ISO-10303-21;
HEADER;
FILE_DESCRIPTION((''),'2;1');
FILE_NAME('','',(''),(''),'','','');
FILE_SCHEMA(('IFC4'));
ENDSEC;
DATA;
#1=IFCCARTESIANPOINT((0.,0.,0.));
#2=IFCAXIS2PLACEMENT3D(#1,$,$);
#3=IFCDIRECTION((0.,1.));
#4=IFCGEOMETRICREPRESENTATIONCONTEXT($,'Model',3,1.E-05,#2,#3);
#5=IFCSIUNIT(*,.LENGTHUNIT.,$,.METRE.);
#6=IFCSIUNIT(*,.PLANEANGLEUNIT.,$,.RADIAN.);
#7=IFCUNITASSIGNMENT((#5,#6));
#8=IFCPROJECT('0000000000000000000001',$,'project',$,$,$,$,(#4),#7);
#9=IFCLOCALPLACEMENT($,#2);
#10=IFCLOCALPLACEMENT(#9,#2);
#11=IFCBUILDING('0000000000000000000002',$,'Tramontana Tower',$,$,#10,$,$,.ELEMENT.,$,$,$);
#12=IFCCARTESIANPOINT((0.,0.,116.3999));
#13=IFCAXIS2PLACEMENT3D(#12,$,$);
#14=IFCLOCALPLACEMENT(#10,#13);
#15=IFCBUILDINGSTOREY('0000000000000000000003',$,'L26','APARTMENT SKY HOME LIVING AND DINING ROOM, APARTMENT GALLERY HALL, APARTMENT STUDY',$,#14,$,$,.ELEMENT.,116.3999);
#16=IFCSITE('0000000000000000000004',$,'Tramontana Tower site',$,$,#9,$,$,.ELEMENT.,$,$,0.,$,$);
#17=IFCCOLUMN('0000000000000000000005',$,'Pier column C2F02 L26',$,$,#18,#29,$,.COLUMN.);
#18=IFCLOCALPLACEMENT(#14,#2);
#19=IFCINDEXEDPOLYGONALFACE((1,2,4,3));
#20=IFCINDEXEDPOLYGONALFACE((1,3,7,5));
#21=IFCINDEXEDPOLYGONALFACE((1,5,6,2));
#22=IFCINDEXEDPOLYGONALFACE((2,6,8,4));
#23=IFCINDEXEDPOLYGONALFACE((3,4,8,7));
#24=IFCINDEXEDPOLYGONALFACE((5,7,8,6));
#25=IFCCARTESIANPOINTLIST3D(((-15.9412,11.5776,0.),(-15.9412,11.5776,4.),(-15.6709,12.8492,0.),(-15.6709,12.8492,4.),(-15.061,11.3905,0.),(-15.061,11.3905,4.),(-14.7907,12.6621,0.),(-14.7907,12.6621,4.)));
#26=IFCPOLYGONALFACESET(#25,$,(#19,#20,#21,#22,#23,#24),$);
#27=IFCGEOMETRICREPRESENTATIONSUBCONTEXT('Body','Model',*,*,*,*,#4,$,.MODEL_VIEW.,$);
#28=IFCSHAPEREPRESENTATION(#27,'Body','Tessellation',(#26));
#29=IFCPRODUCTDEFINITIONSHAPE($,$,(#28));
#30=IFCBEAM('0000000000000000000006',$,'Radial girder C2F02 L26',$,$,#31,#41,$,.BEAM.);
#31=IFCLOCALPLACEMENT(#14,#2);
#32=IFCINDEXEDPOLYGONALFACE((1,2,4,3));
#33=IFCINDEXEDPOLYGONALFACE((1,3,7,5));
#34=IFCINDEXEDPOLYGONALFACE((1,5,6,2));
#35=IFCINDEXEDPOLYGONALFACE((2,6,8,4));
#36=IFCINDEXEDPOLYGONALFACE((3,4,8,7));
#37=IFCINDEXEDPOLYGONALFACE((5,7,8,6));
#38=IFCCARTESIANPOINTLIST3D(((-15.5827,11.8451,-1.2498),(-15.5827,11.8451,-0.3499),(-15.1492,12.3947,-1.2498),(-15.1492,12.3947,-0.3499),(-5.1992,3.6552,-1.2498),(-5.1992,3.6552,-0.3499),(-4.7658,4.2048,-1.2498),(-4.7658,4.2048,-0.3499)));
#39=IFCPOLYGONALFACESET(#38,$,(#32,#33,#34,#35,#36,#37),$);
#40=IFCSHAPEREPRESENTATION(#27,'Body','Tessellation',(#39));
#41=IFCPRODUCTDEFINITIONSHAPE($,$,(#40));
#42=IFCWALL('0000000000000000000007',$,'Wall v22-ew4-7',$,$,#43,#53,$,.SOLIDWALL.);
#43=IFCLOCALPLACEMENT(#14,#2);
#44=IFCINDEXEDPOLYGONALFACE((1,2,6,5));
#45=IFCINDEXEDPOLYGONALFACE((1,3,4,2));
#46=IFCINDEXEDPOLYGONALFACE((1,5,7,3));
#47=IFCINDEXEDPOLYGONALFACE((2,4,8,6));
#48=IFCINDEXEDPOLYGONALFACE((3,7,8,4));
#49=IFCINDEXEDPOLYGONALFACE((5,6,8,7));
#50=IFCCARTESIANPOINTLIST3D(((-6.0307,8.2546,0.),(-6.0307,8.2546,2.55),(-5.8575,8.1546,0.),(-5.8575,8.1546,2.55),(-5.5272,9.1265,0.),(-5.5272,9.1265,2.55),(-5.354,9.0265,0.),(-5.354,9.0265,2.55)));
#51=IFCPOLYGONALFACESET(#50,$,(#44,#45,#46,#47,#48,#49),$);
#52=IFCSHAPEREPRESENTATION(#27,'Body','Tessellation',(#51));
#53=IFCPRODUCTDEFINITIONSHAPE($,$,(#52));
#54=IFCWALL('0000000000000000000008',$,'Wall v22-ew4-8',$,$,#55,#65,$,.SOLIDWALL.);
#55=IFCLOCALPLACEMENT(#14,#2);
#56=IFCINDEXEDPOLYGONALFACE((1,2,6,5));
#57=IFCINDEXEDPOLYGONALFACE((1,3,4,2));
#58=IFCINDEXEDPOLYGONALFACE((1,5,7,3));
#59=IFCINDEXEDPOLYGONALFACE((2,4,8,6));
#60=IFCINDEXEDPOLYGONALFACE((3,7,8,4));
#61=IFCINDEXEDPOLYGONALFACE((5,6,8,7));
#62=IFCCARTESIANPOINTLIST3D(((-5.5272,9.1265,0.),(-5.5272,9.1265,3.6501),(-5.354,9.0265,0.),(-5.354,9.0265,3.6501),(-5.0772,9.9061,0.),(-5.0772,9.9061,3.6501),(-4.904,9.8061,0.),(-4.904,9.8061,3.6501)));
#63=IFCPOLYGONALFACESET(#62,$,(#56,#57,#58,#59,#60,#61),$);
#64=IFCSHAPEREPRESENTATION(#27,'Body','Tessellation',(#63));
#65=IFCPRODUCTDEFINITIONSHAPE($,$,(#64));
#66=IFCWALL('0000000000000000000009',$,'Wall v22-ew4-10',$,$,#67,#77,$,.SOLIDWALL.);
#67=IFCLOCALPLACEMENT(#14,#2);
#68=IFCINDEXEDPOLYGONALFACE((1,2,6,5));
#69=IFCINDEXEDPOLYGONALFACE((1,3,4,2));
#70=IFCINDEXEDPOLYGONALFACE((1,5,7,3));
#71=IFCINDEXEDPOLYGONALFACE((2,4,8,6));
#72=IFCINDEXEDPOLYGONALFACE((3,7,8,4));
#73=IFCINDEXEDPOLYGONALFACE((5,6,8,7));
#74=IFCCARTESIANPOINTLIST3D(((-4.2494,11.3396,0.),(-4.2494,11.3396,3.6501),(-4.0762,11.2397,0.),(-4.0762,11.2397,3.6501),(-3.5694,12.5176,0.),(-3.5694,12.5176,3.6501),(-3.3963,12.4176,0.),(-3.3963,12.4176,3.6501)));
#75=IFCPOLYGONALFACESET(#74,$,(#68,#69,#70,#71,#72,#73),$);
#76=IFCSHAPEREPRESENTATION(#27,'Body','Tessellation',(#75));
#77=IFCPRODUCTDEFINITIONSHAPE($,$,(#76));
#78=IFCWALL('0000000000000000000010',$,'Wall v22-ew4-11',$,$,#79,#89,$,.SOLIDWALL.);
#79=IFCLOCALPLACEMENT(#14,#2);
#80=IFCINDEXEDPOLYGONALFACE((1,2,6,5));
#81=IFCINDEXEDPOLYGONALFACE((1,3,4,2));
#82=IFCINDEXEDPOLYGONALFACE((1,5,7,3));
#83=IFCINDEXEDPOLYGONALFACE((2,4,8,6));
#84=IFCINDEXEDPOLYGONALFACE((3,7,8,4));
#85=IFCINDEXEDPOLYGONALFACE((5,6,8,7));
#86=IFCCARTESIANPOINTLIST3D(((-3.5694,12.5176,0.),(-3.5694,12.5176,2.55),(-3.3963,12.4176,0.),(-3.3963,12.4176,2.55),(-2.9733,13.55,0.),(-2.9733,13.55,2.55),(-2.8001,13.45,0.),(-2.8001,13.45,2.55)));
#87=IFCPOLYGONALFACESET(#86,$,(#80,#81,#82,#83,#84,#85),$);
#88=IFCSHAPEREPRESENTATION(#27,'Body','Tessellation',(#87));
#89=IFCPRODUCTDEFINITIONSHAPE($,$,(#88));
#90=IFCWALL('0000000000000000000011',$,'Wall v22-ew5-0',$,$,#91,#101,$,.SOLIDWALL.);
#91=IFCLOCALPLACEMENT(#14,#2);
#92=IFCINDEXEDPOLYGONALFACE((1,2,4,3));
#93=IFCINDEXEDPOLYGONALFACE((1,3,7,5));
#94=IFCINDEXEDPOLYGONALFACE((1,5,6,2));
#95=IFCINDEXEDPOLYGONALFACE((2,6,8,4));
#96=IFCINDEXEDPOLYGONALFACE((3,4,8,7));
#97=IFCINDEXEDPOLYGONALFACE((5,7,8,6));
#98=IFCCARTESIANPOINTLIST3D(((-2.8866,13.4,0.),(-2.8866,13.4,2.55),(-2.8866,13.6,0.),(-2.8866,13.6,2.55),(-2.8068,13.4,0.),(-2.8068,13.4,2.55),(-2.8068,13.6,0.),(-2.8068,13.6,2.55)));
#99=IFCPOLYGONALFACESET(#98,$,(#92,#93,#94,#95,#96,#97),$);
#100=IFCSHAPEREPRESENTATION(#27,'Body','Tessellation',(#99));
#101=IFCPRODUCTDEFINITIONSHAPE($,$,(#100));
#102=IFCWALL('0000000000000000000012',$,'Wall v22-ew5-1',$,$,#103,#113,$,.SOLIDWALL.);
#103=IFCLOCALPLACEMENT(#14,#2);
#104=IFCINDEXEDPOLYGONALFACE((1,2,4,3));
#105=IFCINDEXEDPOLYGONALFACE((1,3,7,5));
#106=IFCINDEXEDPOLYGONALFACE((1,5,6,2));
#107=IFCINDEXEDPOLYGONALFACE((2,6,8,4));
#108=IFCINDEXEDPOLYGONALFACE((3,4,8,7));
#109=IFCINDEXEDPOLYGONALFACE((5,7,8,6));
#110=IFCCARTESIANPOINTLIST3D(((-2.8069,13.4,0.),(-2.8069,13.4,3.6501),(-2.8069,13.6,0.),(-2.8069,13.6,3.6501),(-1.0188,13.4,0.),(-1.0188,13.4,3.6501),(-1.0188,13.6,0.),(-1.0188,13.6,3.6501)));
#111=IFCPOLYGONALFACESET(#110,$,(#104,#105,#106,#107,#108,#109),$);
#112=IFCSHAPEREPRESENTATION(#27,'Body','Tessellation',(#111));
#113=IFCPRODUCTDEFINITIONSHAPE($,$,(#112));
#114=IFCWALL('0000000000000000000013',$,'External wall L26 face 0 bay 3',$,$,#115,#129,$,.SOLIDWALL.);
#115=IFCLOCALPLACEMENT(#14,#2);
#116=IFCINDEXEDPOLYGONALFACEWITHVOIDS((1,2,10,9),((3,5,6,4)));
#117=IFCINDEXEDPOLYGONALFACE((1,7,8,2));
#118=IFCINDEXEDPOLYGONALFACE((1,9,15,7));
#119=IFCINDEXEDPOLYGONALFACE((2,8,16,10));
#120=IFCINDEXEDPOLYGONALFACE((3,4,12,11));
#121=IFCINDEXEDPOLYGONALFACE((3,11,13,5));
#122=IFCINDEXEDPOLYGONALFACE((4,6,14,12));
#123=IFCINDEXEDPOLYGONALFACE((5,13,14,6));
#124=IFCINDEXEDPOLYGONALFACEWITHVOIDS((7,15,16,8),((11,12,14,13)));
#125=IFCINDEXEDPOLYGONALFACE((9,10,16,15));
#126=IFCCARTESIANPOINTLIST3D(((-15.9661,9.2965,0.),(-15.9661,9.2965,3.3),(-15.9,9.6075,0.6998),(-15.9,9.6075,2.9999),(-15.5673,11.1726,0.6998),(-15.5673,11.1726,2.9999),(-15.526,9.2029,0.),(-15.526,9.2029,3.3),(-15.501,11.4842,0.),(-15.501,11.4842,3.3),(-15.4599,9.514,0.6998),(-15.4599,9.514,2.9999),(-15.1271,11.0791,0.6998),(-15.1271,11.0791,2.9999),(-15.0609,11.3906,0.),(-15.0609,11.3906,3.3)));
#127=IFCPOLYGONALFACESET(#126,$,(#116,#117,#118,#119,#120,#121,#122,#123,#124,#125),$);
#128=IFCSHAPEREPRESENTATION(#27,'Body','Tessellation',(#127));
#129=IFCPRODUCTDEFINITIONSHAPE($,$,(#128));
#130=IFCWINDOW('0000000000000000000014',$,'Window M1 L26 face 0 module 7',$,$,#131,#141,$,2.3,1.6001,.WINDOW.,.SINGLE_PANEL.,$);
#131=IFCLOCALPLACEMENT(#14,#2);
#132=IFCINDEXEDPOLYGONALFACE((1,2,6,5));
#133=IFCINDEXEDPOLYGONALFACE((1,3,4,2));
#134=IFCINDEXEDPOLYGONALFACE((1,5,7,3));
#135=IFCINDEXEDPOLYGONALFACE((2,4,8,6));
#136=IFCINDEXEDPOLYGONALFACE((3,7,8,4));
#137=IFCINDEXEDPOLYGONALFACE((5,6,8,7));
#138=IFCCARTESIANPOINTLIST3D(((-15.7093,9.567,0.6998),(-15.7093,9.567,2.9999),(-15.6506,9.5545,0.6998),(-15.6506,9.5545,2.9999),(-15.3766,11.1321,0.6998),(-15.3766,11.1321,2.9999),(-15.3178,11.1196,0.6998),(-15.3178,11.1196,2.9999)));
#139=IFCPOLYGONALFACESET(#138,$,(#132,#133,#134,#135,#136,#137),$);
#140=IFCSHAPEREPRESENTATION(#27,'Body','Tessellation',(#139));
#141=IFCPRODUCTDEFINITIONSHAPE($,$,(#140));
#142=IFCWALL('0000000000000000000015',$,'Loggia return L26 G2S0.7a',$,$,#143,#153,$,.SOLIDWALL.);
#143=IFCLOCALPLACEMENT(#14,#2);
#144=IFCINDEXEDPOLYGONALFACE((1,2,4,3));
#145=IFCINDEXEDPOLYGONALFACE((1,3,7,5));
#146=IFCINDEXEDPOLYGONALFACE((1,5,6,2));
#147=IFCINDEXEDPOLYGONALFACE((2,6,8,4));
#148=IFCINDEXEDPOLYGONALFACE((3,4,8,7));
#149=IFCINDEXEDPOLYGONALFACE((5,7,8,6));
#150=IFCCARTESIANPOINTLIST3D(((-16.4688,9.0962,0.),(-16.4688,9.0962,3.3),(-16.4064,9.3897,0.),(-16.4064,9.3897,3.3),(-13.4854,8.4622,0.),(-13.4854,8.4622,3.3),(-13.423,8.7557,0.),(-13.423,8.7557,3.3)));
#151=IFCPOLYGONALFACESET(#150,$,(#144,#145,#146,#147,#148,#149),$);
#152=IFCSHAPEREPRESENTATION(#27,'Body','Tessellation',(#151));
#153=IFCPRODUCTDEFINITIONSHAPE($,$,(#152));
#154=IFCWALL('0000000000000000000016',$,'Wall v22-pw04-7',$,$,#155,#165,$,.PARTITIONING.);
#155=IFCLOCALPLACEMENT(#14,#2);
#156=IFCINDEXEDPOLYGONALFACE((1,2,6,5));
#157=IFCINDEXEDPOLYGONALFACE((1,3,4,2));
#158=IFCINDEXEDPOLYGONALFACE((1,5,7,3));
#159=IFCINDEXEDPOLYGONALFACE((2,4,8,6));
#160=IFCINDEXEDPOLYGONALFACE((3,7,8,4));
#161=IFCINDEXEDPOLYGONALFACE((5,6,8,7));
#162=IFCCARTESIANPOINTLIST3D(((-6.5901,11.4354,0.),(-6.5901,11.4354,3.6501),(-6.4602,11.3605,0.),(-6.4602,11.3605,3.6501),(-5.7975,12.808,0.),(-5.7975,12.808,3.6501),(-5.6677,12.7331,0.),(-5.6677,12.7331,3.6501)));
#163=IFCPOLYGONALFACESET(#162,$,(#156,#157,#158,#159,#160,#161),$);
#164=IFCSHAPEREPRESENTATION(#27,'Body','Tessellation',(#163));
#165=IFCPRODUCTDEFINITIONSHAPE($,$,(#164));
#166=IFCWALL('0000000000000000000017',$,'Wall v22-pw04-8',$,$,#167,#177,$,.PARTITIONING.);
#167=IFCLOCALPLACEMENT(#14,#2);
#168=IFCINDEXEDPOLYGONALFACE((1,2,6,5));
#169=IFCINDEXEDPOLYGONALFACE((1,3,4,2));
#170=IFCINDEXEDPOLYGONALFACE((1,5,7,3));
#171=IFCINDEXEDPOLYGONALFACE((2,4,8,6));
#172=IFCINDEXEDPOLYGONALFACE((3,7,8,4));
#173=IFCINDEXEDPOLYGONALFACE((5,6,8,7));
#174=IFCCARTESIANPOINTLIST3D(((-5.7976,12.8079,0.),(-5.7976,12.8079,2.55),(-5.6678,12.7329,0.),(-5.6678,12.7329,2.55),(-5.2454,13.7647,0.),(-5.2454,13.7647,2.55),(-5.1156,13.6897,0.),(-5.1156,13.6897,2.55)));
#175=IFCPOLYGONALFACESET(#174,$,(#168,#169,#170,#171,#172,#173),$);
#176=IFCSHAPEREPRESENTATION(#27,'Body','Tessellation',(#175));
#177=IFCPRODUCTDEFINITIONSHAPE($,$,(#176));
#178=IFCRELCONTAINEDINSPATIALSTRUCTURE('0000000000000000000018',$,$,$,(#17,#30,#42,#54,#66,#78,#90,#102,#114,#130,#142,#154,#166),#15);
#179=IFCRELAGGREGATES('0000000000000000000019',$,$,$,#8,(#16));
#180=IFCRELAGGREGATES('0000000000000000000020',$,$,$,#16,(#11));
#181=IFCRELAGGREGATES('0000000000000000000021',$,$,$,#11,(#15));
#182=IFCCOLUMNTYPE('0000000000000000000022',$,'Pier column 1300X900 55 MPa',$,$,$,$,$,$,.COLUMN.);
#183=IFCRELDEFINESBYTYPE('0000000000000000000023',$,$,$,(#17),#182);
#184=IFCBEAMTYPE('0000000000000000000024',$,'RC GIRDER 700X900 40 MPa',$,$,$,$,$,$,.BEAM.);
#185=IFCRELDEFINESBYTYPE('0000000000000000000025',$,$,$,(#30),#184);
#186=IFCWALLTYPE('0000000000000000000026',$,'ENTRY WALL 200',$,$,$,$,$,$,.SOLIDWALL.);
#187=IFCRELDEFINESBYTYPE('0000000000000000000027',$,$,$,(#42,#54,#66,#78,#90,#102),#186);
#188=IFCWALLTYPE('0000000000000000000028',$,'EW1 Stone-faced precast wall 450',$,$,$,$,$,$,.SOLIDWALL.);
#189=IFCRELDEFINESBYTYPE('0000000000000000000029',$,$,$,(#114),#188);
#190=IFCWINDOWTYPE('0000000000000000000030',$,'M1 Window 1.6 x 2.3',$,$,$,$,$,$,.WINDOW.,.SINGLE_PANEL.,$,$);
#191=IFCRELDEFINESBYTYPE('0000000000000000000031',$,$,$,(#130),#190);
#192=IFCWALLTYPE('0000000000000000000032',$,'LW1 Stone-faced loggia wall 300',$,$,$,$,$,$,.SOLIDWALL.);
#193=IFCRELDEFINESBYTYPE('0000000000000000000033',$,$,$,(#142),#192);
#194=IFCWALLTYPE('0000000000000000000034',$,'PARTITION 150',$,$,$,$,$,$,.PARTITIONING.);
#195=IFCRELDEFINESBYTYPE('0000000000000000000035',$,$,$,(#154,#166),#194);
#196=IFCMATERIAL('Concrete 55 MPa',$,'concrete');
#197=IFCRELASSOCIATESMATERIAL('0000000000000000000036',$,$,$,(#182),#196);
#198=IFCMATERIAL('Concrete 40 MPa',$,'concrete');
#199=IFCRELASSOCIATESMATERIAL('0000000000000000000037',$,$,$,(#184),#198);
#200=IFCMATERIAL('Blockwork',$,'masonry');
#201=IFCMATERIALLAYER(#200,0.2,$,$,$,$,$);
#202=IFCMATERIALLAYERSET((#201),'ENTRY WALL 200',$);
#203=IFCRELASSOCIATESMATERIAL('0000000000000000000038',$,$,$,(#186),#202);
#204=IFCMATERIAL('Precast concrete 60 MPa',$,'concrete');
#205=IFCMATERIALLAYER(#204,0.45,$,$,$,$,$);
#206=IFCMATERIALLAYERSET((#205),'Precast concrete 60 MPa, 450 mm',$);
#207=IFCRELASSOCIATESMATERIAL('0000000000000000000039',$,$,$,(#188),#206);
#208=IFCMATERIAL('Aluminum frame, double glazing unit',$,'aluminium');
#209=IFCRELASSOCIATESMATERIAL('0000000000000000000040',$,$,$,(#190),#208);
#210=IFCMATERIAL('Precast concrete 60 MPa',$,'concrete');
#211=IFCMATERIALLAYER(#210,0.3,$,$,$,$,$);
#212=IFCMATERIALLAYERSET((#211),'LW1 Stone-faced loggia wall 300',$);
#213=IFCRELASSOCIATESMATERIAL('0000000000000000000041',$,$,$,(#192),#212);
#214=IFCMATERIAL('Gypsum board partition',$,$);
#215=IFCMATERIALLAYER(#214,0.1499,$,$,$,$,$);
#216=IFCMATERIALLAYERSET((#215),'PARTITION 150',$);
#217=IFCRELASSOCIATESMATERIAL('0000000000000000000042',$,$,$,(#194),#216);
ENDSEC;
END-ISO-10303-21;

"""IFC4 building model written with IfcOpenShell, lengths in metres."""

from ifc_helpers import new_model, si_unit, direction, frame, frame_2d, origin, origin_2d, place, context, subcontext, project, spatial, rectangle, extrude, material, layer, layer_set, material_profile, profile_set, type_object, element, fill, save


model = new_model("IFC4")

# Units and contexts
model_context = context("Model", 3, precision=1e-05, world=origin(), true_north=direction((0.0, 1.0)))
body_context = subcontext(model_context, "Body", "Model", "MODEL_VIEW")
ifc_project = project(units=[si_unit("LENGTHUNIT", "METRE"), si_unit("PLANEANGLEUNIT", "RADIAN")], contexts=[model_context])

# Site, building, storey
site_placement = place(None, origin())
site = spatial("IfcSite", under=ifc_project, at=site_placement, Name="Tramontana Tower site", CompositionType="ELEMENT", RefElevation=0.0)
building_placement = place(site_placement, origin())
building = spatial("IfcBuilding", under=site, at=building_placement, Name="Tramontana Tower", CompositionType="ELEMENT")
storey_placement = place(building_placement, frame((0.0, 0.0, 116.3999)))
storey = spatial("IfcBuildingStorey", under=building, at=storey_placement, Name="L26", Description="APARTMENT SKY HOME LIVING AND DINING ROOM, APARTMENT GALLERY HALL, APARTMENT STUDY", CompositionType="ELEMENT", Elevation=116.3999)

# Column
ifc_material_1 = material(Name="Concrete 55 MPa", Category="concrete")
ifc_material_profile_1 = material_profile(ifc_material_1, rectangle(XDim=1.3, YDim=0.8999, at=origin_2d()), Name="Pier column 1300X900 55 MPa")
ifc_profile_set_1 = profile_set([ifc_material_profile_1], Name="Concrete 55 MPa")
column_type = type_object("IfcColumnType", Name="Pier column 1300X900 55 MPa", PredefinedType="COLUMN", material=ifc_profile_set_1)
column_placement = place(storey_placement, frame((-15.366, 12.1199, 0.0), z_axis=(0.0, 0.0, 1.0), x_axis=(-0.207912, -0.978148, 0.0)))
element("IfcColumn", 1, at=column_placement, inside=storey, type_object=column_type, Name="Pier column C2F02 L26", PredefinedType="COLUMN", context=body_context, shape_type="SweptSolid", body=[
    extrude(rectangle(XDim=1.3, YDim=0.8999, at=origin_2d()), origin(), (0.0, 0.0, 1.0), 4.0),
])

# Beam
ifc_material_2 = material(Name="Concrete 40 MPa", Category="concrete")
ifc_material_profile_2 = material_profile(ifc_material_2, rectangle(XDim=0.7, YDim=0.8999, at=origin_2d()), Name="RC GIRDER 700X900 40 MPa")
ifc_profile_set_2 = profile_set([ifc_material_profile_2], Name="Concrete 40 MPa")
beam_type = type_object("IfcBeamType", Name="RC GIRDER 700X900 40 MPa", PredefinedType="BEAM", material=ifc_profile_set_2)
beam_placement = place(storey_placement, frame((-15.366, 12.1199, -0.7998), z_axis=(0.785162, -0.61929, 0.0), x_axis=(0.61929, 0.785162, 0.0)))
element("IfcBeam", 2, at=beam_placement, inside=storey, type_object=beam_type, Name="Radial girder C2F02 L26", PredefinedType="BEAM", context=body_context, shape_type="SweptSolid", body=[
    extrude(rectangle(XDim=0.7, YDim=0.8999, at=origin_2d()), origin(), (0.0, 0.0, 1.0), 13.2246),
])

# Walls
ifc_material_3 = material(Name="Blockwork", Category="masonry")
ifc_layer_1 = layer(ifc_material_3, 0.2)
ifc_layer_set_1 = layer_set([ifc_layer_1], Name="ENTRY WALL 200")
wall_type_1 = type_object("IfcWallType", Name="ENTRY WALL 200", PredefinedType="SOLIDWALL", material=ifc_layer_set_1)
wall_1_placement = place(storey_placement, frame((-5.9441, 8.2046, 0.0), z_axis=(0.0, 0.0, 1.0), x_axis=(0.500051, 0.865996, 0.0)))
element("IfcWall", 3, at=wall_1_placement, inside=storey, type_object=wall_type_1, Name="Wall v22-ew4-7", PredefinedType="SOLIDWALL", context=body_context, shape_type="SweptSolid", body=[
    extrude(rectangle(XDim=1.0068, YDim=0.2, at=frame_2d((0.5034, 0.0))), origin(), (0.0, 0.0, 1.0), 2.55),
])
wall_2_placement = place(storey_placement, frame((-5.4407, 9.0764, 0.0), z_axis=(0.0, 0.0, 1.0), x_axis=(0.499902, 0.866082, 0.0)))
element("IfcWall", 4, at=wall_2_placement, inside=storey, type_object=wall_type_1, Name="Wall v22-ew4-8", PredefinedType="SOLIDWALL", context=body_context, shape_type="SweptSolid", body=[
    extrude(rectangle(XDim=0.9001, YDim=0.2, at=frame_2d((0.4502, 0.0))), origin(), (0.0, 0.0, 1.0), 3.6501),
])

# Walls
wall_3_placement = place(storey_placement, frame((-4.1628, 11.2896, 0.0), z_axis=(0.0, 0.0, 1.0), x_axis=(0.499904, 0.866081, 0.0)))
element("IfcWall", 5, at=wall_3_placement, inside=storey, type_object=wall_type_1, Name="Wall v22-ew4-10", PredefinedType="SOLIDWALL", context=body_context, shape_type="SweptSolid", body=[
    extrude(rectangle(XDim=1.3601, YDim=0.2, at=frame_2d((0.6802, 0.0))), origin(), (0.0, 0.0, 1.0), 3.6501),
])
wall_4_placement = place(storey_placement, frame((-3.4829, 12.4675, 0.0), z_axis=(0.0, 0.0, 1.0), x_axis=(0.500059, 0.865991, 0.0)))
element("IfcWall", 6, at=wall_4_placement, inside=storey, type_object=wall_type_1, Name="Wall v22-ew4-11", PredefinedType="SOLIDWALL", context=body_context, shape_type="SweptSolid", body=[
    extrude(rectangle(XDim=1.1921, YDim=0.2, at=frame_2d((0.5962, 0.0))), origin(), (0.0, 0.0, 1.0), 2.55),
])
wall_5_placement = place(storey_placement, frame((-2.8867, 13.5, 0.0), z_axis=(0.0, 0.0, 1.0), x_axis=(1.0, 0.0, 0.0)))
element("IfcWall", 7, at=wall_5_placement, inside=storey, type_object=wall_type_1, Name="Wall v22-ew5-0", PredefinedType="SOLIDWALL", context=body_context, shape_type="SweptSolid", body=[
    extrude(rectangle(XDim=0.0798, YDim=0.2, at=frame_2d((0.04, 0.0))), origin(), (0.0, 0.0, 1.0), 2.55),
])
wall_6_placement = place(storey_placement, frame((-2.8069, 13.5, 0.0), z_axis=(0.0, 0.0, 1.0), x_axis=(1.0, 0.0, 0.0)))
element("IfcWall", 8, at=wall_6_placement, inside=storey, type_object=wall_type_1, Name="Wall v22-ew5-1", PredefinedType="SOLIDWALL", context=body_context, shape_type="SweptSolid", body=[
    extrude(rectangle(XDim=1.7881, YDim=0.2, at=frame_2d((0.894, 0.0))), origin(), (0.0, 0.0, 1.0), 3.6501),
])

# Wall, opening, window
ifc_material_4 = material(Name="Precast concrete 60 MPa", Category="concrete")
ifc_layer_2 = layer(ifc_material_4, 0.45)
ifc_layer_set_2 = layer_set([ifc_layer_2], Name="Precast concrete 60 MPa, 450 mm")
wall_type_2 = type_object("IfcWallType", Name="EW1 Stone-faced precast wall 450", PredefinedType="SOLIDWALL", material=ifc_layer_set_2)
wall_7_placement = place(storey_placement, frame((-15.281, 11.4373, 0.0), z_axis=(0.0, 0.0, 1.0), x_axis=(-0.207941, -0.978141, 0.0)))
wall_7 = element("IfcWall", 9, at=wall_7_placement, inside=storey, type_object=wall_type_2, Name="External wall L26 face 0 bay 3", PredefinedType="SOLIDWALL", context=body_context, shape_type="SweptSolid", body=[
    extrude(rectangle(XDim=2.2366, YDim=0.45, at=frame_2d((1.1182, 0.0))), origin(), (0.0, 0.0, 1.0), 3.3),
])
opening_1_placement = place(wall_7_placement, frame((0.3184, 0.0, 0.7)))
opening_1 = element("IfcOpeningElement", 10, at=opening_1_placement, cuts=wall_7, PredefinedType="OPENING", context=body_context, shape_type="SweptSolid", body=[
    extrude(rectangle(XDim=1.6001, YDim=2.3, at=frame_2d((0.8, 1.1499))), frame((0.0, 0.2349, 0.0), z_axis=(0.0, -1.0, 0.0), x_axis=(1.0, 0.0, 0.0)), (0.0, 0.0, 1.0), 0.47),
])
ifc_material_5 = material(Name="Aluminum frame, double glazing unit", Category="aluminium")
window_type = type_object("IfcWindowType", Name="M1 Window 1.6 x 2.3", PartitioningType="SINGLE_PANEL", PredefinedType="WINDOW", material=ifc_material_5)
window_placement = place(opening_1_placement, origin())
window = element("IfcWindow", 11, at=window_placement, inside=storey, type_object=window_type, Name="Window M1 L26 face 0 module 7", OverallHeight=2.3, OverallWidth=1.6001, PartitioningType="SINGLE_PANEL", PredefinedType="WINDOW", context=body_context, shape_type="SweptSolid", body=[
    extrude(rectangle(XDim=1.6001, YDim=2.3, at=frame_2d((0.8, 1.1499))), frame((0.0, 0.03, 0.0), z_axis=(0.0, -1.0, 0.0), x_axis=(1.0, 0.0, 0.0)), (0.0, 0.0, 1.0), 0.0601),
])
fill(opening_1, window)

# Shared definitions
ifc_material_6 = material(Name="Precast concrete 60 MPa", Category="concrete")
ifc_layer_3 = layer(ifc_material_6, 0.3)
ifc_layer_set_3 = layer_set([ifc_layer_3], Name="LW1 Stone-faced loggia wall 300")
wall_type_3 = type_object("IfcWallType", Name="LW1 Stone-faced loggia wall 300", PredefinedType="SOLIDWALL", material=ifc_layer_set_3)

# Wall
wall_8_placement = place(storey_placement, frame((-16.4375, 9.2429, 0.0), z_axis=(0.0, 0.0, 1.0), x_axis=(0.978155, -0.207878, 0.0)))
element("IfcWall", 12, at=wall_8_placement, inside=storey, type_object=wall_type_3, Name="Loggia return L26 G2S0.7a", PredefinedType="SOLIDWALL", context=body_context, shape_type="SweptSolid", body=[
    extrude(rectangle(XDim=3.05, YDim=0.3, at=frame_2d((1.5249, 0.0))), origin(), (0.0, 0.0, 1.0), 3.3),
])

# Shared definitions
ifc_material_7 = material(Name="Gypsum board partition")
ifc_layer_4 = layer(ifc_material_7, 0.1499)
ifc_layer_set_4 = layer_set([ifc_layer_4], Name="PARTITION 150")
wall_type_4 = type_object("IfcWallType", Name="PARTITION 150", PredefinedType="PARTITIONING", material=ifc_layer_set_4)

# Walls
wall_9_placement = place(storey_placement, frame((-6.5251, 11.3979, 0.0), z_axis=(0.0, 0.0, 1.0), x_axis=(0.500016, 0.866016, 0.0)))
element("IfcWall", 13, at=wall_9_placement, inside=storey, type_object=wall_type_4, Name="Wall v22-pw04-7", PredefinedType="PARTITIONING", context=body_context, shape_type="SweptSolid", body=[
    extrude(rectangle(XDim=1.585, YDim=0.1499, at=frame_2d((0.7925, 0.0))), origin(), (0.0, 0.0, 1.0), 3.6501),
])
wall_10_placement = place(storey_placement, frame((-5.7327, 12.7705, 0.0), z_axis=(0.0, 0.0, 1.0), x_axis=(0.499895, 0.866086, 0.0)))
element("IfcWall", 14, at=wall_10_placement, inside=storey, type_object=wall_type_4, Name="Wall v22-pw04-8", PredefinedType="PARTITIONING", context=body_context, shape_type="SweptSolid", body=[
    extrude(rectangle(XDim=1.1047, YDim=0.1499, at=frame_2d((0.5522, 0.0))), origin(), (0.0, 0.0, 1.0), 2.55),
])

save(model, "model.ifc")
